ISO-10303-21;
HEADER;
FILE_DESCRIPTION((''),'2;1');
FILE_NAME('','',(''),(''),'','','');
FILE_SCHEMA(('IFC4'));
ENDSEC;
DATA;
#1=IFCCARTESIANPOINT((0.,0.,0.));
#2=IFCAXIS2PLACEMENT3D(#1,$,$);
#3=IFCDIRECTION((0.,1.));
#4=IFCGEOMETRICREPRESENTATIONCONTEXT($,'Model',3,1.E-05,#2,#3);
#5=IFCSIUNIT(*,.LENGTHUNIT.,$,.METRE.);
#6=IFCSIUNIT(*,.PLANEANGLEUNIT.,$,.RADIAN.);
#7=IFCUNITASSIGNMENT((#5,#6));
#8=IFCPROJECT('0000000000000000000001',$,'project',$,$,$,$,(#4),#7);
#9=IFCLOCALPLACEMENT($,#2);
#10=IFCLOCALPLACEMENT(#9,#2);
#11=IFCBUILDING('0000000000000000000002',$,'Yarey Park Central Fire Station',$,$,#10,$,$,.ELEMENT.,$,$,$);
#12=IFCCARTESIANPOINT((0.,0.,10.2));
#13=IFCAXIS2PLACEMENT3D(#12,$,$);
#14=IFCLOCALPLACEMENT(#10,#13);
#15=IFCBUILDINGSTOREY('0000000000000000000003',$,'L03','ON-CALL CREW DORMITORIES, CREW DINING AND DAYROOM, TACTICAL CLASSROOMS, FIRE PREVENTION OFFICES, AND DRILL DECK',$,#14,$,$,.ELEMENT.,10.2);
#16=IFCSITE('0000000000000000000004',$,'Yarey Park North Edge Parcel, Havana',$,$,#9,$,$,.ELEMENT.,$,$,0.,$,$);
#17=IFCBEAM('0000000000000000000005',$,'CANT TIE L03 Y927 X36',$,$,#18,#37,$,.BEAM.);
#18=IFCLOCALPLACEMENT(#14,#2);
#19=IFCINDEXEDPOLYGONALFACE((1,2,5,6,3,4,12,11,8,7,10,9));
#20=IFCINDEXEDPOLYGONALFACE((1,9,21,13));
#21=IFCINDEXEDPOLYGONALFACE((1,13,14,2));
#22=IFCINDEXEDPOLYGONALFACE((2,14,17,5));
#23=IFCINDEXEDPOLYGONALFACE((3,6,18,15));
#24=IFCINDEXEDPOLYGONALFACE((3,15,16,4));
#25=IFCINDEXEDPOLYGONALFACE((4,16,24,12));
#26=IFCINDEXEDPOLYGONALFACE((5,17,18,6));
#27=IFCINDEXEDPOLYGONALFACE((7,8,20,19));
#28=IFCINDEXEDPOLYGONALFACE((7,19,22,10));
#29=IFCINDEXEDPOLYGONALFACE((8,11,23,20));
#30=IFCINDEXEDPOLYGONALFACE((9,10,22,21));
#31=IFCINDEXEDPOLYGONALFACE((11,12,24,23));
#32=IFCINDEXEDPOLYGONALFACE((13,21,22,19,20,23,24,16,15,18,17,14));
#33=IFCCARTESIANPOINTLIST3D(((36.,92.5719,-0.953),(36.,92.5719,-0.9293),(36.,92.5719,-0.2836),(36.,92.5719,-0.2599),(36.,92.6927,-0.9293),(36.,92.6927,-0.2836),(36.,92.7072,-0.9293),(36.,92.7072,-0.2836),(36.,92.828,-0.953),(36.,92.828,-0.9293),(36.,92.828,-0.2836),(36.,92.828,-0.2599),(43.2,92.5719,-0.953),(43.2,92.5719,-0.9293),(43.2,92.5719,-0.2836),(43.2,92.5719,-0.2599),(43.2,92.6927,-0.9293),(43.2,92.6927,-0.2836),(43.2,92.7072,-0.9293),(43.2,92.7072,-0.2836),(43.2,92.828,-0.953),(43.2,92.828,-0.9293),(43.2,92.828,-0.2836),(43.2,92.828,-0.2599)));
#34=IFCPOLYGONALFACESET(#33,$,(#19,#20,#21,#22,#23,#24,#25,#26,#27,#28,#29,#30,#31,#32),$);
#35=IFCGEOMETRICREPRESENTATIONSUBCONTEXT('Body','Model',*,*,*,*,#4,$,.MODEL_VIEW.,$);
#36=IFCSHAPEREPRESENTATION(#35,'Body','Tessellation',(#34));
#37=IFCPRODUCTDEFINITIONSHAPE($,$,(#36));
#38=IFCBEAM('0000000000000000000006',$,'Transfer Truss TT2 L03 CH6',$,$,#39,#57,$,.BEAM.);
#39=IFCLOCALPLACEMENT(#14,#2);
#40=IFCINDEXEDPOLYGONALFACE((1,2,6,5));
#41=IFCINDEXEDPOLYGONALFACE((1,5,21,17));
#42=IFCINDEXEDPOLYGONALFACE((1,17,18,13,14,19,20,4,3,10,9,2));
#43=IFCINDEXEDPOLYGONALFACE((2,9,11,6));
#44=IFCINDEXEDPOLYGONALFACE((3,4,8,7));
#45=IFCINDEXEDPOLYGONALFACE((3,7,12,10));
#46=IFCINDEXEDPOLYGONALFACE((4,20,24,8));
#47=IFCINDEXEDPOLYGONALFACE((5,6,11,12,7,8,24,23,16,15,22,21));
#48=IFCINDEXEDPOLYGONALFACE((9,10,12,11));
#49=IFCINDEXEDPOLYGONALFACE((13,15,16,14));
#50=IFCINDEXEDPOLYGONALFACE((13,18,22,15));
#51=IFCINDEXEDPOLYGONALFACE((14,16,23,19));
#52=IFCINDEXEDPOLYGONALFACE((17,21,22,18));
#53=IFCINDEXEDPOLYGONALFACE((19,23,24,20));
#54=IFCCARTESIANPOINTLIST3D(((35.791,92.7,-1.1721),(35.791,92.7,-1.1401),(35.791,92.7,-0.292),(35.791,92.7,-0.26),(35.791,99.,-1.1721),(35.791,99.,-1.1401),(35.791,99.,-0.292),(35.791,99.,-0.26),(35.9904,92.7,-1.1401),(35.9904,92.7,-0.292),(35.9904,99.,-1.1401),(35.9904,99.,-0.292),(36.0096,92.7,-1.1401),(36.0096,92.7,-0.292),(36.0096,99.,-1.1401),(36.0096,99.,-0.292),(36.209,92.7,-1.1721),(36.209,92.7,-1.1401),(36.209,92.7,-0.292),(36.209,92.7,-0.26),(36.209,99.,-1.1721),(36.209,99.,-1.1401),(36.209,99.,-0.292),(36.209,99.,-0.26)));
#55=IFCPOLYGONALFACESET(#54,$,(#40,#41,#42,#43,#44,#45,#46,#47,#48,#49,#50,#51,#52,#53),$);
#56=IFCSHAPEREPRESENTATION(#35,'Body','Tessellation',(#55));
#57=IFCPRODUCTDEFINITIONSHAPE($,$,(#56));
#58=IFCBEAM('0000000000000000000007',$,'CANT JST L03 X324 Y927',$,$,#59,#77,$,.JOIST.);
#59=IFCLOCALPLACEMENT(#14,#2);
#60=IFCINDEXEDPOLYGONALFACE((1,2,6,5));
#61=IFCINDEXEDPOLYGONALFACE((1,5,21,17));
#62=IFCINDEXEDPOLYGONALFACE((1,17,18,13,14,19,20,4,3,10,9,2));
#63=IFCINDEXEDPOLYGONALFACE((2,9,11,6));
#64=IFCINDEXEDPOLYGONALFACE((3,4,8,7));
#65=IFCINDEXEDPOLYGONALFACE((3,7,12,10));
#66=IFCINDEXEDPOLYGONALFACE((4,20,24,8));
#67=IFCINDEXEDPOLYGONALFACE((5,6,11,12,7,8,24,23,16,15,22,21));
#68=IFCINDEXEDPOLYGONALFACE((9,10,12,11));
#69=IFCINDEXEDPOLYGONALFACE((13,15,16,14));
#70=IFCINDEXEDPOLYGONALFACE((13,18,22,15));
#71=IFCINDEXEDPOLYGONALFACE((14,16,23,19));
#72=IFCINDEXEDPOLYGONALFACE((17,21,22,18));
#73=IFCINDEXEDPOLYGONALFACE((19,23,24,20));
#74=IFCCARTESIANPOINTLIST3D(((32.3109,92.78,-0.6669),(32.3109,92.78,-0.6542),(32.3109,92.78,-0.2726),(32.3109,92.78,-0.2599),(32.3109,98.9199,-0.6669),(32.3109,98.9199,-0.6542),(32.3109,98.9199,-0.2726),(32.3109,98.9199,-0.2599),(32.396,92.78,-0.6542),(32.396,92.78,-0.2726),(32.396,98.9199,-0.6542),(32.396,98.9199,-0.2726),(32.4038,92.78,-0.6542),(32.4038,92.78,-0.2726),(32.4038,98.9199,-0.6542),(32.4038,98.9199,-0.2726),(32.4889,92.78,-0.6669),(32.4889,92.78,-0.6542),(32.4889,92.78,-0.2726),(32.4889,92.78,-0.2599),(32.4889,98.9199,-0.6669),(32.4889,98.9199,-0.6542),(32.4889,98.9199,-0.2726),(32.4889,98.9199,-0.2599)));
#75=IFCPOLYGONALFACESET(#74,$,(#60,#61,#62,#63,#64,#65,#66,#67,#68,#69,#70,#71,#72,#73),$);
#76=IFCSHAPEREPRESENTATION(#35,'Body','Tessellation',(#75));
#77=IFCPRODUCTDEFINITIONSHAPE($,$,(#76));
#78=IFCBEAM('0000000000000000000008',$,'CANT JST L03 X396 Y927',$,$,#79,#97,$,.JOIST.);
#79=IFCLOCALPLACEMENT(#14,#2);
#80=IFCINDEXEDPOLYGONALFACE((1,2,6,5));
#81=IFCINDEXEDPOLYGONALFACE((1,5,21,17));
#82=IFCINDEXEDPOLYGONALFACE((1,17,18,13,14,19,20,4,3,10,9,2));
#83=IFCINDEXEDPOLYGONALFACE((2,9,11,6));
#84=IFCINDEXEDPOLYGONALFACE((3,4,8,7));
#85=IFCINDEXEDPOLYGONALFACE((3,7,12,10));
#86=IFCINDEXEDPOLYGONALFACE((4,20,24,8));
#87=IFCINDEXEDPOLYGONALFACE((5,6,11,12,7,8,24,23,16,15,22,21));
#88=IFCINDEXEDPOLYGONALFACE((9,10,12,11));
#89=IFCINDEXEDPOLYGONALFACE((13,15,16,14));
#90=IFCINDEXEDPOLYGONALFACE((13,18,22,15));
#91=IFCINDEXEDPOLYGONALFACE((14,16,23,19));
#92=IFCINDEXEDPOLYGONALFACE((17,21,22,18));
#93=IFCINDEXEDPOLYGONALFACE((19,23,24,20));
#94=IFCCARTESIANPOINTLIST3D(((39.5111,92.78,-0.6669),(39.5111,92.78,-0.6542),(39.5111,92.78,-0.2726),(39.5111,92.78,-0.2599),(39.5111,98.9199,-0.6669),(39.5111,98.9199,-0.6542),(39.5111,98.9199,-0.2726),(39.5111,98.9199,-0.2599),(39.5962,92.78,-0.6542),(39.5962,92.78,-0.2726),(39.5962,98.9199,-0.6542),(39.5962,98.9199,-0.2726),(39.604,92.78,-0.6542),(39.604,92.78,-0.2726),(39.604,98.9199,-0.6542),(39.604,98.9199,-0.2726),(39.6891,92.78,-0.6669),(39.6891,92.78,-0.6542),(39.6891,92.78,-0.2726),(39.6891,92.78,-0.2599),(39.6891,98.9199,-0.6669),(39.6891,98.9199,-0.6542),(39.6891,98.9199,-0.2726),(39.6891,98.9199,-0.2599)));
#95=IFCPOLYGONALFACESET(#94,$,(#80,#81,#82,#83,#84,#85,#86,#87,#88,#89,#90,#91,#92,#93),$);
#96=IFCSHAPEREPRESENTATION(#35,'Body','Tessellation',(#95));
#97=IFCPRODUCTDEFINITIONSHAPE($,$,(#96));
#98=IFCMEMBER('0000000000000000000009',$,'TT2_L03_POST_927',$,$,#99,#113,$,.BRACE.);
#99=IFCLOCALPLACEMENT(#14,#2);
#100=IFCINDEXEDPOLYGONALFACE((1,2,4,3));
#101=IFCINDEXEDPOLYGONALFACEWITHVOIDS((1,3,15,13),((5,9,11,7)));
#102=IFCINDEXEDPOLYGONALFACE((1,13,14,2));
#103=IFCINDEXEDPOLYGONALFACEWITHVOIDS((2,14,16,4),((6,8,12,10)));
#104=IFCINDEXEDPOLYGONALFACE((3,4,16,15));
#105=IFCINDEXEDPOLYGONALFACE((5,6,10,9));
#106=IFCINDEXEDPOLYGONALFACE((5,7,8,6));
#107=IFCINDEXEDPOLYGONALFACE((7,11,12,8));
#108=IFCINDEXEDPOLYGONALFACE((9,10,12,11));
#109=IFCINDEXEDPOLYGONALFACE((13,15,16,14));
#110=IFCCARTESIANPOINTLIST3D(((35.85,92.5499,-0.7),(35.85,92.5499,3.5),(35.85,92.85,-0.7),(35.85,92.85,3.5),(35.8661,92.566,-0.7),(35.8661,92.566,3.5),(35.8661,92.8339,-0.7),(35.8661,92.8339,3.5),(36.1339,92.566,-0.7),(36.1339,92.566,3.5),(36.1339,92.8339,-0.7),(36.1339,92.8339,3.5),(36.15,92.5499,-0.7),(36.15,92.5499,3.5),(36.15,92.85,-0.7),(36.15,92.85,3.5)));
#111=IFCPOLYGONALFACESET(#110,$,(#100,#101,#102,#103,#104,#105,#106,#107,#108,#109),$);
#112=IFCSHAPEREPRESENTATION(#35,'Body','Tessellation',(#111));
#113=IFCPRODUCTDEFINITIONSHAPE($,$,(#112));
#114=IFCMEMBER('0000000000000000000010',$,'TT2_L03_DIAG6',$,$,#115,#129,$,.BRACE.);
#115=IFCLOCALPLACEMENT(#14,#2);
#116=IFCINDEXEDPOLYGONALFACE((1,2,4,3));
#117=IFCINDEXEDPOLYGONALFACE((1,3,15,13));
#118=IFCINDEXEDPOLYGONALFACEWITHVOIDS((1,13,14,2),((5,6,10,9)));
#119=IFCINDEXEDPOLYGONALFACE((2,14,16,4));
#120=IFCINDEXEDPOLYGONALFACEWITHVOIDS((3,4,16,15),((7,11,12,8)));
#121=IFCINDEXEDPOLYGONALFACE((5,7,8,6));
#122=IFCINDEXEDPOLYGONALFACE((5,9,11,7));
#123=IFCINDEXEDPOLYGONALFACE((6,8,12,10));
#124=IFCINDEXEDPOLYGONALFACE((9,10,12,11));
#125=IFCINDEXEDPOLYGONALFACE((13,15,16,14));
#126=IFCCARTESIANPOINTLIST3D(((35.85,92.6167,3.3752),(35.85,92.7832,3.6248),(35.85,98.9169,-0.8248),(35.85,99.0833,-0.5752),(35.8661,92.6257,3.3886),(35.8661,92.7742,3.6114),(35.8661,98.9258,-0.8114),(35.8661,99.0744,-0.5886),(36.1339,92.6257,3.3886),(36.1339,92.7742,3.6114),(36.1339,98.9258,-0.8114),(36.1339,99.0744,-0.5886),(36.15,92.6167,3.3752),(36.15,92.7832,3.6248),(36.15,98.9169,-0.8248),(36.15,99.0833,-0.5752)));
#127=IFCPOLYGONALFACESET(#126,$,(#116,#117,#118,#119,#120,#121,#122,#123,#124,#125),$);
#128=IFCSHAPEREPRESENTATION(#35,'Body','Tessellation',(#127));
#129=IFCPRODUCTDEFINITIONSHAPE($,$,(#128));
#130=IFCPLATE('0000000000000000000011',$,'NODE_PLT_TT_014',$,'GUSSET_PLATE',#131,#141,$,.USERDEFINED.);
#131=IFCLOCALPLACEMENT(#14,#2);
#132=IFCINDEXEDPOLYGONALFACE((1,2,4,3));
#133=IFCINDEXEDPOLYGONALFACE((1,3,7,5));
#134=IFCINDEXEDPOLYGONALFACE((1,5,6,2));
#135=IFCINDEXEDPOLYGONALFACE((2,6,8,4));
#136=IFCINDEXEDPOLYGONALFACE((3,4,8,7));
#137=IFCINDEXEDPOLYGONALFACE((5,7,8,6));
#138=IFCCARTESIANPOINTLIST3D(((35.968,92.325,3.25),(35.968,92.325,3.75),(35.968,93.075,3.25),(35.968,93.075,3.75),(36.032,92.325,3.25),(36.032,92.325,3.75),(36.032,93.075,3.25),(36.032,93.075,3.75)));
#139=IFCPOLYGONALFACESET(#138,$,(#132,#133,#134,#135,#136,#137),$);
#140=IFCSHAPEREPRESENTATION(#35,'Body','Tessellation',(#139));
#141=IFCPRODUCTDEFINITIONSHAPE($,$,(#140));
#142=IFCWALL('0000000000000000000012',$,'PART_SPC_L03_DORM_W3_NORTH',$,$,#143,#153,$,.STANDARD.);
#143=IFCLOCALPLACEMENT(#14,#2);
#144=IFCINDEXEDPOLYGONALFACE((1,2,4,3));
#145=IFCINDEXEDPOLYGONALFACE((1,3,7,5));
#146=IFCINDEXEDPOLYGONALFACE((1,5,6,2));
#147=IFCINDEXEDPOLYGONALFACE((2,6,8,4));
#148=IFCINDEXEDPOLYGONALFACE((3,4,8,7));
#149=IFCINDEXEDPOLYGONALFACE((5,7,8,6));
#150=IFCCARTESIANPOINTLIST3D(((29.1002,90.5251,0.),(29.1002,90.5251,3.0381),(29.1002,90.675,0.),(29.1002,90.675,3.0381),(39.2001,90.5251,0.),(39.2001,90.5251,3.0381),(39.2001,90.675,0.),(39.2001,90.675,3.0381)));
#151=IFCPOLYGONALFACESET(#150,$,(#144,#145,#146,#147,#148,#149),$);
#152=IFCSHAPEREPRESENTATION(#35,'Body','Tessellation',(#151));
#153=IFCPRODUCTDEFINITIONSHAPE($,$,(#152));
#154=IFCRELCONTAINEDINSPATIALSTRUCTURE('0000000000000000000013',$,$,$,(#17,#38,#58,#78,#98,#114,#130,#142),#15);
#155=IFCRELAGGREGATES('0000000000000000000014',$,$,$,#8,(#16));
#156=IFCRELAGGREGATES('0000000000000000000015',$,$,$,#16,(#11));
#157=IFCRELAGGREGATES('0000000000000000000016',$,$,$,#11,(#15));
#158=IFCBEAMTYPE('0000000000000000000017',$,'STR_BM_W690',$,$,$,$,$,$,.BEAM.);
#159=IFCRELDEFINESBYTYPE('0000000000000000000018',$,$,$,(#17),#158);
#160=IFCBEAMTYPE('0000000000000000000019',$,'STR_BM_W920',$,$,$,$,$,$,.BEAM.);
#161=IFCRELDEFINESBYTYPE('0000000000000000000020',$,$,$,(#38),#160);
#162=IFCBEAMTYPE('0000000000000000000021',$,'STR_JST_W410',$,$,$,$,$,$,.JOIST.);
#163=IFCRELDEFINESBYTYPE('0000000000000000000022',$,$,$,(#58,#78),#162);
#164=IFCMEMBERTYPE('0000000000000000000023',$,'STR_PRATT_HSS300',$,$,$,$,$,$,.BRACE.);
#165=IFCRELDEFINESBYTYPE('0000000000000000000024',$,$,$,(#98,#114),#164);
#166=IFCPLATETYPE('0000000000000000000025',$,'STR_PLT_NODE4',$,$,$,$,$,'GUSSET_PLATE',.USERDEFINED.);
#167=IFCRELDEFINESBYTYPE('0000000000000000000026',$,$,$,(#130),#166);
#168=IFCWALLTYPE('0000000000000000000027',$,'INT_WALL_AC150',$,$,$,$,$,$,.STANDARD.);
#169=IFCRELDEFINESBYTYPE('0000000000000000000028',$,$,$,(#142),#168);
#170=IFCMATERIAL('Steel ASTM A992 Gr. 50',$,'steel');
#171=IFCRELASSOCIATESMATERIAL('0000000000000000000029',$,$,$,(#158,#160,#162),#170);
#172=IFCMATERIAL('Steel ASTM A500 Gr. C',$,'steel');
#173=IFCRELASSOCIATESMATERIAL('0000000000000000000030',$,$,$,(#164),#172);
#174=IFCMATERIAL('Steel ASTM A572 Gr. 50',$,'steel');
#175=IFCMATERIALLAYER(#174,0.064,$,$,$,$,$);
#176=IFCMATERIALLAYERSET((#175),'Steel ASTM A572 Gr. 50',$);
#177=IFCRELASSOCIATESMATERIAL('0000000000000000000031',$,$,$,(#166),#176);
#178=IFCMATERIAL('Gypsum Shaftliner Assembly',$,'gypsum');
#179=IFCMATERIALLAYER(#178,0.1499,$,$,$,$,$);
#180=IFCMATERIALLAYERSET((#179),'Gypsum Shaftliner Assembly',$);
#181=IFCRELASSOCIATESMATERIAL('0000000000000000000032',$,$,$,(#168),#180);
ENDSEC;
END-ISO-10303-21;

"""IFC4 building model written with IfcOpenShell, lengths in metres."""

from ifc_helpers import new_model, si_unit, direction, frame, frame_2d, origin, origin_2d, place, context, subcontext, project, spatial, rectangle, hollow_rectangle, i_section, extrude, material, layer, layer_set, material_profile, profile_set, type_object, element, save


model = new_model("IFC4")

# Units and contexts
model_context = context("Model", 3, precision=1e-05, world=origin(), true_north=direction((0.0, 1.0)))
body_context = subcontext(model_context, "Body", "Model", "MODEL_VIEW")
ifc_project = project(units=[si_unit("LENGTHUNIT", "METRE"), si_unit("PLANEANGLEUNIT", "RADIAN")], contexts=[model_context])

# Site, building, storey
site_placement = place(None, origin())
site = spatial("IfcSite", under=ifc_project, at=site_placement, Name="Yarey Park North Edge Parcel, Havana", CompositionType="ELEMENT", RefElevation=0.0)
building_placement = place(site_placement, origin())
building = spatial("IfcBuilding", under=site, at=building_placement, Name="Yarey Park Central Fire Station", CompositionType="ELEMENT")
storey_placement = place(building_placement, frame((0.0, 0.0, 10.2)))
storey = spatial("IfcBuildingStorey", under=building, at=storey_placement, Name="L03", Description="ON-CALL CREW DORMITORIES, CREW DINING AND DAYROOM, TACTICAL CLASSROOMS, FIRE PREVENTION OFFICES, AND DRILL DECK", CompositionType="ELEMENT", Elevation=10.2)

# Beams
ifc_material_1 = material(Name="Steel ASTM A992 Gr. 50", Category="steel")
ifc_material_profile_1 = material_profile(ifc_material_1, i_section(OverallWidth=0.2561, OverallDepth=0.6931, WebThickness=0.0144, FlangeThickness=0.0237, at=origin_2d()), Name="W690x170")
ifc_profile_set_1 = profile_set([ifc_material_profile_1], Name="Steel ASTM A992 Gr. 50")
beam_type_1 = type_object("IfcBeamType", Name="STR_BM_W690", PredefinedType="BEAM", material=ifc_profile_set_1)
beam_1_placement = place(storey_placement, frame((36.0, 92.7, -0.6064), z_axis=(1.0, 0.0, 0.0), x_axis=(0.0, 1.0, 0.0)))
element("IfcBeam", 1, at=beam_1_placement, inside=storey, type_object=beam_type_1, Name="CANT TIE L03 Y927 X36", PredefinedType="BEAM", context=body_context, shape_type="SweptSolid", body=[
    extrude(i_section(OverallWidth=0.2561, OverallDepth=0.6931, WebThickness=0.0144, FlangeThickness=0.0237, at=origin_2d()), origin(), (0.0, 0.0, 1.0), 7.2),
])
ifc_material_profile_2 = material_profile(ifc_material_1, i_section(OverallWidth=0.418, OverallDepth=0.9121, WebThickness=0.0193, FlangeThickness=0.032, at=origin_2d()), Name="W920x342")
ifc_profile_set_2 = profile_set([ifc_material_profile_2], Name="Steel ASTM A992 Gr. 50")
beam_type_2 = type_object("IfcBeamType", Name="STR_BM_W920", PredefinedType="BEAM", material=ifc_profile_set_2)
beam_2_placement = place(storey_placement, frame((36.0, 92.7, -0.7161), z_axis=(0.0, 1.0, 0.0), x_axis=(-1.0, 0.0, 0.0)))
element("IfcBeam", 2, at=beam_2_placement, inside=storey, type_object=beam_type_2, Name="Transfer Truss TT2 L03 CH6", PredefinedType="BEAM", context=body_context, shape_type="SweptSolid", body=[
    extrude(i_section(OverallWidth=0.418, OverallDepth=0.9121, WebThickness=0.0193, FlangeThickness=0.032, at=origin_2d()), origin(), (0.0, 0.0, 1.0), 6.3),
])
ifc_material_profile_3 = material_profile(ifc_material_1, i_section(OverallWidth=0.178, OverallDepth=0.407, WebThickness=0.0078, FlangeThickness=0.0127, at=origin_2d()), Name="W410x60")
ifc_profile_set_3 = profile_set([ifc_material_profile_3], Name="Steel ASTM A992 Gr. 50")
beam_type_3 = type_object("IfcBeamType", Name="STR_JST_W410", PredefinedType="JOIST", material=ifc_profile_set_3)
for number, where, z_axis, x_axis, name in (
    (3, (32.3999, 92.78, -0.4634), (0.0, 1.0, 0.0), (-1.0, 0.0, 0.0), "CANT JST L03 X324 Y927"),
    (4, (39.6001, 92.78, -0.4634), (0.0, 1.0, 0.0), (-1.0, 0.0, 0.0), "CANT JST L03 X396 Y927"),
):
    element("IfcBeam", number, at=place(storey_placement, frame(where, z_axis=z_axis, x_axis=x_axis)), inside=storey, type_object=beam_type_3, Name=name, PredefinedType="JOIST", context=body_context, shape_type="SweptSolid", body=[
        extrude(i_section(OverallWidth=0.178, OverallDepth=0.407, WebThickness=0.0078, FlangeThickness=0.0127, at=origin_2d()), origin(), (0.0, 0.0, 1.0), 6.1399),
    ])

# Members
ifc_material_2 = material(Name="Steel ASTM A500 Gr. C", Category="steel")
ifc_material_profile_4 = material_profile(ifc_material_2, hollow_rectangle(XDim=0.3, YDim=0.3, WallThickness=0.0161, at=origin_2d()), Name="HSS 300x300x16")
ifc_profile_set_4 = profile_set([ifc_material_profile_4], Name="Steel ASTM A500 Gr. C")
member_type = type_object("IfcMemberType", Name="STR_PRATT_HSS300", PredefinedType="BRACE", material=ifc_profile_set_4)
member_1_placement = place(storey_placement, frame((36.0, 92.7, -0.7), z_axis=(0.0, 0.0, 1.0), x_axis=(1.0, 0.0, 0.0)))
element("IfcMember", 5, at=member_1_placement, inside=storey, type_object=member_type, Name="TT2_L03_POST_927", PredefinedType="BRACE", context=body_context, shape_type="SweptSolid", body=[
    extrude(hollow_rectangle(XDim=0.3, YDim=0.3, WallThickness=0.0161, at=origin_2d()), origin(), (0.0, 0.0, 1.0), 4.2),
])
member_2_placement = place(storey_placement, frame((36.0, 92.7, 3.5), z_axis=(0.0, 0.832055, -0.554693), x_axis=(-1.0, 0.0, 0.0)))
element("IfcMember", 6, at=member_2_placement, inside=storey, type_object=member_type, Name="TT2_L03_DIAG6", PredefinedType="BRACE", context=body_context, shape_type="SweptSolid", body=[
    extrude(hollow_rectangle(XDim=0.3, YDim=0.3, WallThickness=0.0161, at=origin_2d()), origin(), (0.0, 0.0, 1.0), 7.5718),
])

# Plate
ifc_material_3 = material(Name="Steel ASTM A572 Gr. 50", Category="steel")
ifc_layer_1 = layer(ifc_material_3, 0.064)
ifc_layer_set_1 = layer_set([ifc_layer_1], Name="Steel ASTM A572 Gr. 50")
plate_type = type_object("IfcPlateType", Name="STR_PLT_NODE4", ElementType="GUSSET_PLATE", PredefinedType="USERDEFINED", material=ifc_layer_set_1)
plate_placement = place(storey_placement, frame((36.0, 92.7, 3.25), z_axis=(0.0, 0.0, 1.0), x_axis=(1.0, 0.0, 0.0)))
element("IfcPlate", 7, at=plate_placement, inside=storey, type_object=plate_type, Name="NODE_PLT_TT_014", ObjectType="GUSSET_PLATE", PredefinedType="USERDEFINED", context=body_context, shape_type="SweptSolid", body=[
    extrude(rectangle(XDim=0.064, YDim=0.75, at=origin_2d()), origin(), (0.0, 0.0, 1.0), 0.5),
])

# Wall
ifc_material_4 = material(Name="Gypsum Shaftliner Assembly", Category="gypsum")
ifc_layer_2 = layer(ifc_material_4, 0.1499)
ifc_layer_set_2 = layer_set([ifc_layer_2], Name="Gypsum Shaftliner Assembly")
wall_type_1 = type_object("IfcWallType", Name="INT_WALL_AC150", PredefinedType="STANDARD", material=ifc_layer_set_2)
wall_1_placement = place(storey_placement, frame((39.2, 90.6001, 0.0), z_axis=(0.0, 0.0, 1.0), x_axis=(-1.0, 0.0, 0.0)))
element("IfcWall", 8, at=wall_1_placement, inside=storey, type_object=wall_type_1, Name="PART_SPC_L03_DORM_W3_NORTH", PredefinedType="STANDARD", context=body_context, shape_type="SweptSolid", body=[
    extrude(rectangle(XDim=10.0999, YDim=0.1499, at=frame_2d((5.0498, 0.0))), origin(), (0.0, 0.0, 1.0), 3.0381),
])

save(model, "model.ifc")
